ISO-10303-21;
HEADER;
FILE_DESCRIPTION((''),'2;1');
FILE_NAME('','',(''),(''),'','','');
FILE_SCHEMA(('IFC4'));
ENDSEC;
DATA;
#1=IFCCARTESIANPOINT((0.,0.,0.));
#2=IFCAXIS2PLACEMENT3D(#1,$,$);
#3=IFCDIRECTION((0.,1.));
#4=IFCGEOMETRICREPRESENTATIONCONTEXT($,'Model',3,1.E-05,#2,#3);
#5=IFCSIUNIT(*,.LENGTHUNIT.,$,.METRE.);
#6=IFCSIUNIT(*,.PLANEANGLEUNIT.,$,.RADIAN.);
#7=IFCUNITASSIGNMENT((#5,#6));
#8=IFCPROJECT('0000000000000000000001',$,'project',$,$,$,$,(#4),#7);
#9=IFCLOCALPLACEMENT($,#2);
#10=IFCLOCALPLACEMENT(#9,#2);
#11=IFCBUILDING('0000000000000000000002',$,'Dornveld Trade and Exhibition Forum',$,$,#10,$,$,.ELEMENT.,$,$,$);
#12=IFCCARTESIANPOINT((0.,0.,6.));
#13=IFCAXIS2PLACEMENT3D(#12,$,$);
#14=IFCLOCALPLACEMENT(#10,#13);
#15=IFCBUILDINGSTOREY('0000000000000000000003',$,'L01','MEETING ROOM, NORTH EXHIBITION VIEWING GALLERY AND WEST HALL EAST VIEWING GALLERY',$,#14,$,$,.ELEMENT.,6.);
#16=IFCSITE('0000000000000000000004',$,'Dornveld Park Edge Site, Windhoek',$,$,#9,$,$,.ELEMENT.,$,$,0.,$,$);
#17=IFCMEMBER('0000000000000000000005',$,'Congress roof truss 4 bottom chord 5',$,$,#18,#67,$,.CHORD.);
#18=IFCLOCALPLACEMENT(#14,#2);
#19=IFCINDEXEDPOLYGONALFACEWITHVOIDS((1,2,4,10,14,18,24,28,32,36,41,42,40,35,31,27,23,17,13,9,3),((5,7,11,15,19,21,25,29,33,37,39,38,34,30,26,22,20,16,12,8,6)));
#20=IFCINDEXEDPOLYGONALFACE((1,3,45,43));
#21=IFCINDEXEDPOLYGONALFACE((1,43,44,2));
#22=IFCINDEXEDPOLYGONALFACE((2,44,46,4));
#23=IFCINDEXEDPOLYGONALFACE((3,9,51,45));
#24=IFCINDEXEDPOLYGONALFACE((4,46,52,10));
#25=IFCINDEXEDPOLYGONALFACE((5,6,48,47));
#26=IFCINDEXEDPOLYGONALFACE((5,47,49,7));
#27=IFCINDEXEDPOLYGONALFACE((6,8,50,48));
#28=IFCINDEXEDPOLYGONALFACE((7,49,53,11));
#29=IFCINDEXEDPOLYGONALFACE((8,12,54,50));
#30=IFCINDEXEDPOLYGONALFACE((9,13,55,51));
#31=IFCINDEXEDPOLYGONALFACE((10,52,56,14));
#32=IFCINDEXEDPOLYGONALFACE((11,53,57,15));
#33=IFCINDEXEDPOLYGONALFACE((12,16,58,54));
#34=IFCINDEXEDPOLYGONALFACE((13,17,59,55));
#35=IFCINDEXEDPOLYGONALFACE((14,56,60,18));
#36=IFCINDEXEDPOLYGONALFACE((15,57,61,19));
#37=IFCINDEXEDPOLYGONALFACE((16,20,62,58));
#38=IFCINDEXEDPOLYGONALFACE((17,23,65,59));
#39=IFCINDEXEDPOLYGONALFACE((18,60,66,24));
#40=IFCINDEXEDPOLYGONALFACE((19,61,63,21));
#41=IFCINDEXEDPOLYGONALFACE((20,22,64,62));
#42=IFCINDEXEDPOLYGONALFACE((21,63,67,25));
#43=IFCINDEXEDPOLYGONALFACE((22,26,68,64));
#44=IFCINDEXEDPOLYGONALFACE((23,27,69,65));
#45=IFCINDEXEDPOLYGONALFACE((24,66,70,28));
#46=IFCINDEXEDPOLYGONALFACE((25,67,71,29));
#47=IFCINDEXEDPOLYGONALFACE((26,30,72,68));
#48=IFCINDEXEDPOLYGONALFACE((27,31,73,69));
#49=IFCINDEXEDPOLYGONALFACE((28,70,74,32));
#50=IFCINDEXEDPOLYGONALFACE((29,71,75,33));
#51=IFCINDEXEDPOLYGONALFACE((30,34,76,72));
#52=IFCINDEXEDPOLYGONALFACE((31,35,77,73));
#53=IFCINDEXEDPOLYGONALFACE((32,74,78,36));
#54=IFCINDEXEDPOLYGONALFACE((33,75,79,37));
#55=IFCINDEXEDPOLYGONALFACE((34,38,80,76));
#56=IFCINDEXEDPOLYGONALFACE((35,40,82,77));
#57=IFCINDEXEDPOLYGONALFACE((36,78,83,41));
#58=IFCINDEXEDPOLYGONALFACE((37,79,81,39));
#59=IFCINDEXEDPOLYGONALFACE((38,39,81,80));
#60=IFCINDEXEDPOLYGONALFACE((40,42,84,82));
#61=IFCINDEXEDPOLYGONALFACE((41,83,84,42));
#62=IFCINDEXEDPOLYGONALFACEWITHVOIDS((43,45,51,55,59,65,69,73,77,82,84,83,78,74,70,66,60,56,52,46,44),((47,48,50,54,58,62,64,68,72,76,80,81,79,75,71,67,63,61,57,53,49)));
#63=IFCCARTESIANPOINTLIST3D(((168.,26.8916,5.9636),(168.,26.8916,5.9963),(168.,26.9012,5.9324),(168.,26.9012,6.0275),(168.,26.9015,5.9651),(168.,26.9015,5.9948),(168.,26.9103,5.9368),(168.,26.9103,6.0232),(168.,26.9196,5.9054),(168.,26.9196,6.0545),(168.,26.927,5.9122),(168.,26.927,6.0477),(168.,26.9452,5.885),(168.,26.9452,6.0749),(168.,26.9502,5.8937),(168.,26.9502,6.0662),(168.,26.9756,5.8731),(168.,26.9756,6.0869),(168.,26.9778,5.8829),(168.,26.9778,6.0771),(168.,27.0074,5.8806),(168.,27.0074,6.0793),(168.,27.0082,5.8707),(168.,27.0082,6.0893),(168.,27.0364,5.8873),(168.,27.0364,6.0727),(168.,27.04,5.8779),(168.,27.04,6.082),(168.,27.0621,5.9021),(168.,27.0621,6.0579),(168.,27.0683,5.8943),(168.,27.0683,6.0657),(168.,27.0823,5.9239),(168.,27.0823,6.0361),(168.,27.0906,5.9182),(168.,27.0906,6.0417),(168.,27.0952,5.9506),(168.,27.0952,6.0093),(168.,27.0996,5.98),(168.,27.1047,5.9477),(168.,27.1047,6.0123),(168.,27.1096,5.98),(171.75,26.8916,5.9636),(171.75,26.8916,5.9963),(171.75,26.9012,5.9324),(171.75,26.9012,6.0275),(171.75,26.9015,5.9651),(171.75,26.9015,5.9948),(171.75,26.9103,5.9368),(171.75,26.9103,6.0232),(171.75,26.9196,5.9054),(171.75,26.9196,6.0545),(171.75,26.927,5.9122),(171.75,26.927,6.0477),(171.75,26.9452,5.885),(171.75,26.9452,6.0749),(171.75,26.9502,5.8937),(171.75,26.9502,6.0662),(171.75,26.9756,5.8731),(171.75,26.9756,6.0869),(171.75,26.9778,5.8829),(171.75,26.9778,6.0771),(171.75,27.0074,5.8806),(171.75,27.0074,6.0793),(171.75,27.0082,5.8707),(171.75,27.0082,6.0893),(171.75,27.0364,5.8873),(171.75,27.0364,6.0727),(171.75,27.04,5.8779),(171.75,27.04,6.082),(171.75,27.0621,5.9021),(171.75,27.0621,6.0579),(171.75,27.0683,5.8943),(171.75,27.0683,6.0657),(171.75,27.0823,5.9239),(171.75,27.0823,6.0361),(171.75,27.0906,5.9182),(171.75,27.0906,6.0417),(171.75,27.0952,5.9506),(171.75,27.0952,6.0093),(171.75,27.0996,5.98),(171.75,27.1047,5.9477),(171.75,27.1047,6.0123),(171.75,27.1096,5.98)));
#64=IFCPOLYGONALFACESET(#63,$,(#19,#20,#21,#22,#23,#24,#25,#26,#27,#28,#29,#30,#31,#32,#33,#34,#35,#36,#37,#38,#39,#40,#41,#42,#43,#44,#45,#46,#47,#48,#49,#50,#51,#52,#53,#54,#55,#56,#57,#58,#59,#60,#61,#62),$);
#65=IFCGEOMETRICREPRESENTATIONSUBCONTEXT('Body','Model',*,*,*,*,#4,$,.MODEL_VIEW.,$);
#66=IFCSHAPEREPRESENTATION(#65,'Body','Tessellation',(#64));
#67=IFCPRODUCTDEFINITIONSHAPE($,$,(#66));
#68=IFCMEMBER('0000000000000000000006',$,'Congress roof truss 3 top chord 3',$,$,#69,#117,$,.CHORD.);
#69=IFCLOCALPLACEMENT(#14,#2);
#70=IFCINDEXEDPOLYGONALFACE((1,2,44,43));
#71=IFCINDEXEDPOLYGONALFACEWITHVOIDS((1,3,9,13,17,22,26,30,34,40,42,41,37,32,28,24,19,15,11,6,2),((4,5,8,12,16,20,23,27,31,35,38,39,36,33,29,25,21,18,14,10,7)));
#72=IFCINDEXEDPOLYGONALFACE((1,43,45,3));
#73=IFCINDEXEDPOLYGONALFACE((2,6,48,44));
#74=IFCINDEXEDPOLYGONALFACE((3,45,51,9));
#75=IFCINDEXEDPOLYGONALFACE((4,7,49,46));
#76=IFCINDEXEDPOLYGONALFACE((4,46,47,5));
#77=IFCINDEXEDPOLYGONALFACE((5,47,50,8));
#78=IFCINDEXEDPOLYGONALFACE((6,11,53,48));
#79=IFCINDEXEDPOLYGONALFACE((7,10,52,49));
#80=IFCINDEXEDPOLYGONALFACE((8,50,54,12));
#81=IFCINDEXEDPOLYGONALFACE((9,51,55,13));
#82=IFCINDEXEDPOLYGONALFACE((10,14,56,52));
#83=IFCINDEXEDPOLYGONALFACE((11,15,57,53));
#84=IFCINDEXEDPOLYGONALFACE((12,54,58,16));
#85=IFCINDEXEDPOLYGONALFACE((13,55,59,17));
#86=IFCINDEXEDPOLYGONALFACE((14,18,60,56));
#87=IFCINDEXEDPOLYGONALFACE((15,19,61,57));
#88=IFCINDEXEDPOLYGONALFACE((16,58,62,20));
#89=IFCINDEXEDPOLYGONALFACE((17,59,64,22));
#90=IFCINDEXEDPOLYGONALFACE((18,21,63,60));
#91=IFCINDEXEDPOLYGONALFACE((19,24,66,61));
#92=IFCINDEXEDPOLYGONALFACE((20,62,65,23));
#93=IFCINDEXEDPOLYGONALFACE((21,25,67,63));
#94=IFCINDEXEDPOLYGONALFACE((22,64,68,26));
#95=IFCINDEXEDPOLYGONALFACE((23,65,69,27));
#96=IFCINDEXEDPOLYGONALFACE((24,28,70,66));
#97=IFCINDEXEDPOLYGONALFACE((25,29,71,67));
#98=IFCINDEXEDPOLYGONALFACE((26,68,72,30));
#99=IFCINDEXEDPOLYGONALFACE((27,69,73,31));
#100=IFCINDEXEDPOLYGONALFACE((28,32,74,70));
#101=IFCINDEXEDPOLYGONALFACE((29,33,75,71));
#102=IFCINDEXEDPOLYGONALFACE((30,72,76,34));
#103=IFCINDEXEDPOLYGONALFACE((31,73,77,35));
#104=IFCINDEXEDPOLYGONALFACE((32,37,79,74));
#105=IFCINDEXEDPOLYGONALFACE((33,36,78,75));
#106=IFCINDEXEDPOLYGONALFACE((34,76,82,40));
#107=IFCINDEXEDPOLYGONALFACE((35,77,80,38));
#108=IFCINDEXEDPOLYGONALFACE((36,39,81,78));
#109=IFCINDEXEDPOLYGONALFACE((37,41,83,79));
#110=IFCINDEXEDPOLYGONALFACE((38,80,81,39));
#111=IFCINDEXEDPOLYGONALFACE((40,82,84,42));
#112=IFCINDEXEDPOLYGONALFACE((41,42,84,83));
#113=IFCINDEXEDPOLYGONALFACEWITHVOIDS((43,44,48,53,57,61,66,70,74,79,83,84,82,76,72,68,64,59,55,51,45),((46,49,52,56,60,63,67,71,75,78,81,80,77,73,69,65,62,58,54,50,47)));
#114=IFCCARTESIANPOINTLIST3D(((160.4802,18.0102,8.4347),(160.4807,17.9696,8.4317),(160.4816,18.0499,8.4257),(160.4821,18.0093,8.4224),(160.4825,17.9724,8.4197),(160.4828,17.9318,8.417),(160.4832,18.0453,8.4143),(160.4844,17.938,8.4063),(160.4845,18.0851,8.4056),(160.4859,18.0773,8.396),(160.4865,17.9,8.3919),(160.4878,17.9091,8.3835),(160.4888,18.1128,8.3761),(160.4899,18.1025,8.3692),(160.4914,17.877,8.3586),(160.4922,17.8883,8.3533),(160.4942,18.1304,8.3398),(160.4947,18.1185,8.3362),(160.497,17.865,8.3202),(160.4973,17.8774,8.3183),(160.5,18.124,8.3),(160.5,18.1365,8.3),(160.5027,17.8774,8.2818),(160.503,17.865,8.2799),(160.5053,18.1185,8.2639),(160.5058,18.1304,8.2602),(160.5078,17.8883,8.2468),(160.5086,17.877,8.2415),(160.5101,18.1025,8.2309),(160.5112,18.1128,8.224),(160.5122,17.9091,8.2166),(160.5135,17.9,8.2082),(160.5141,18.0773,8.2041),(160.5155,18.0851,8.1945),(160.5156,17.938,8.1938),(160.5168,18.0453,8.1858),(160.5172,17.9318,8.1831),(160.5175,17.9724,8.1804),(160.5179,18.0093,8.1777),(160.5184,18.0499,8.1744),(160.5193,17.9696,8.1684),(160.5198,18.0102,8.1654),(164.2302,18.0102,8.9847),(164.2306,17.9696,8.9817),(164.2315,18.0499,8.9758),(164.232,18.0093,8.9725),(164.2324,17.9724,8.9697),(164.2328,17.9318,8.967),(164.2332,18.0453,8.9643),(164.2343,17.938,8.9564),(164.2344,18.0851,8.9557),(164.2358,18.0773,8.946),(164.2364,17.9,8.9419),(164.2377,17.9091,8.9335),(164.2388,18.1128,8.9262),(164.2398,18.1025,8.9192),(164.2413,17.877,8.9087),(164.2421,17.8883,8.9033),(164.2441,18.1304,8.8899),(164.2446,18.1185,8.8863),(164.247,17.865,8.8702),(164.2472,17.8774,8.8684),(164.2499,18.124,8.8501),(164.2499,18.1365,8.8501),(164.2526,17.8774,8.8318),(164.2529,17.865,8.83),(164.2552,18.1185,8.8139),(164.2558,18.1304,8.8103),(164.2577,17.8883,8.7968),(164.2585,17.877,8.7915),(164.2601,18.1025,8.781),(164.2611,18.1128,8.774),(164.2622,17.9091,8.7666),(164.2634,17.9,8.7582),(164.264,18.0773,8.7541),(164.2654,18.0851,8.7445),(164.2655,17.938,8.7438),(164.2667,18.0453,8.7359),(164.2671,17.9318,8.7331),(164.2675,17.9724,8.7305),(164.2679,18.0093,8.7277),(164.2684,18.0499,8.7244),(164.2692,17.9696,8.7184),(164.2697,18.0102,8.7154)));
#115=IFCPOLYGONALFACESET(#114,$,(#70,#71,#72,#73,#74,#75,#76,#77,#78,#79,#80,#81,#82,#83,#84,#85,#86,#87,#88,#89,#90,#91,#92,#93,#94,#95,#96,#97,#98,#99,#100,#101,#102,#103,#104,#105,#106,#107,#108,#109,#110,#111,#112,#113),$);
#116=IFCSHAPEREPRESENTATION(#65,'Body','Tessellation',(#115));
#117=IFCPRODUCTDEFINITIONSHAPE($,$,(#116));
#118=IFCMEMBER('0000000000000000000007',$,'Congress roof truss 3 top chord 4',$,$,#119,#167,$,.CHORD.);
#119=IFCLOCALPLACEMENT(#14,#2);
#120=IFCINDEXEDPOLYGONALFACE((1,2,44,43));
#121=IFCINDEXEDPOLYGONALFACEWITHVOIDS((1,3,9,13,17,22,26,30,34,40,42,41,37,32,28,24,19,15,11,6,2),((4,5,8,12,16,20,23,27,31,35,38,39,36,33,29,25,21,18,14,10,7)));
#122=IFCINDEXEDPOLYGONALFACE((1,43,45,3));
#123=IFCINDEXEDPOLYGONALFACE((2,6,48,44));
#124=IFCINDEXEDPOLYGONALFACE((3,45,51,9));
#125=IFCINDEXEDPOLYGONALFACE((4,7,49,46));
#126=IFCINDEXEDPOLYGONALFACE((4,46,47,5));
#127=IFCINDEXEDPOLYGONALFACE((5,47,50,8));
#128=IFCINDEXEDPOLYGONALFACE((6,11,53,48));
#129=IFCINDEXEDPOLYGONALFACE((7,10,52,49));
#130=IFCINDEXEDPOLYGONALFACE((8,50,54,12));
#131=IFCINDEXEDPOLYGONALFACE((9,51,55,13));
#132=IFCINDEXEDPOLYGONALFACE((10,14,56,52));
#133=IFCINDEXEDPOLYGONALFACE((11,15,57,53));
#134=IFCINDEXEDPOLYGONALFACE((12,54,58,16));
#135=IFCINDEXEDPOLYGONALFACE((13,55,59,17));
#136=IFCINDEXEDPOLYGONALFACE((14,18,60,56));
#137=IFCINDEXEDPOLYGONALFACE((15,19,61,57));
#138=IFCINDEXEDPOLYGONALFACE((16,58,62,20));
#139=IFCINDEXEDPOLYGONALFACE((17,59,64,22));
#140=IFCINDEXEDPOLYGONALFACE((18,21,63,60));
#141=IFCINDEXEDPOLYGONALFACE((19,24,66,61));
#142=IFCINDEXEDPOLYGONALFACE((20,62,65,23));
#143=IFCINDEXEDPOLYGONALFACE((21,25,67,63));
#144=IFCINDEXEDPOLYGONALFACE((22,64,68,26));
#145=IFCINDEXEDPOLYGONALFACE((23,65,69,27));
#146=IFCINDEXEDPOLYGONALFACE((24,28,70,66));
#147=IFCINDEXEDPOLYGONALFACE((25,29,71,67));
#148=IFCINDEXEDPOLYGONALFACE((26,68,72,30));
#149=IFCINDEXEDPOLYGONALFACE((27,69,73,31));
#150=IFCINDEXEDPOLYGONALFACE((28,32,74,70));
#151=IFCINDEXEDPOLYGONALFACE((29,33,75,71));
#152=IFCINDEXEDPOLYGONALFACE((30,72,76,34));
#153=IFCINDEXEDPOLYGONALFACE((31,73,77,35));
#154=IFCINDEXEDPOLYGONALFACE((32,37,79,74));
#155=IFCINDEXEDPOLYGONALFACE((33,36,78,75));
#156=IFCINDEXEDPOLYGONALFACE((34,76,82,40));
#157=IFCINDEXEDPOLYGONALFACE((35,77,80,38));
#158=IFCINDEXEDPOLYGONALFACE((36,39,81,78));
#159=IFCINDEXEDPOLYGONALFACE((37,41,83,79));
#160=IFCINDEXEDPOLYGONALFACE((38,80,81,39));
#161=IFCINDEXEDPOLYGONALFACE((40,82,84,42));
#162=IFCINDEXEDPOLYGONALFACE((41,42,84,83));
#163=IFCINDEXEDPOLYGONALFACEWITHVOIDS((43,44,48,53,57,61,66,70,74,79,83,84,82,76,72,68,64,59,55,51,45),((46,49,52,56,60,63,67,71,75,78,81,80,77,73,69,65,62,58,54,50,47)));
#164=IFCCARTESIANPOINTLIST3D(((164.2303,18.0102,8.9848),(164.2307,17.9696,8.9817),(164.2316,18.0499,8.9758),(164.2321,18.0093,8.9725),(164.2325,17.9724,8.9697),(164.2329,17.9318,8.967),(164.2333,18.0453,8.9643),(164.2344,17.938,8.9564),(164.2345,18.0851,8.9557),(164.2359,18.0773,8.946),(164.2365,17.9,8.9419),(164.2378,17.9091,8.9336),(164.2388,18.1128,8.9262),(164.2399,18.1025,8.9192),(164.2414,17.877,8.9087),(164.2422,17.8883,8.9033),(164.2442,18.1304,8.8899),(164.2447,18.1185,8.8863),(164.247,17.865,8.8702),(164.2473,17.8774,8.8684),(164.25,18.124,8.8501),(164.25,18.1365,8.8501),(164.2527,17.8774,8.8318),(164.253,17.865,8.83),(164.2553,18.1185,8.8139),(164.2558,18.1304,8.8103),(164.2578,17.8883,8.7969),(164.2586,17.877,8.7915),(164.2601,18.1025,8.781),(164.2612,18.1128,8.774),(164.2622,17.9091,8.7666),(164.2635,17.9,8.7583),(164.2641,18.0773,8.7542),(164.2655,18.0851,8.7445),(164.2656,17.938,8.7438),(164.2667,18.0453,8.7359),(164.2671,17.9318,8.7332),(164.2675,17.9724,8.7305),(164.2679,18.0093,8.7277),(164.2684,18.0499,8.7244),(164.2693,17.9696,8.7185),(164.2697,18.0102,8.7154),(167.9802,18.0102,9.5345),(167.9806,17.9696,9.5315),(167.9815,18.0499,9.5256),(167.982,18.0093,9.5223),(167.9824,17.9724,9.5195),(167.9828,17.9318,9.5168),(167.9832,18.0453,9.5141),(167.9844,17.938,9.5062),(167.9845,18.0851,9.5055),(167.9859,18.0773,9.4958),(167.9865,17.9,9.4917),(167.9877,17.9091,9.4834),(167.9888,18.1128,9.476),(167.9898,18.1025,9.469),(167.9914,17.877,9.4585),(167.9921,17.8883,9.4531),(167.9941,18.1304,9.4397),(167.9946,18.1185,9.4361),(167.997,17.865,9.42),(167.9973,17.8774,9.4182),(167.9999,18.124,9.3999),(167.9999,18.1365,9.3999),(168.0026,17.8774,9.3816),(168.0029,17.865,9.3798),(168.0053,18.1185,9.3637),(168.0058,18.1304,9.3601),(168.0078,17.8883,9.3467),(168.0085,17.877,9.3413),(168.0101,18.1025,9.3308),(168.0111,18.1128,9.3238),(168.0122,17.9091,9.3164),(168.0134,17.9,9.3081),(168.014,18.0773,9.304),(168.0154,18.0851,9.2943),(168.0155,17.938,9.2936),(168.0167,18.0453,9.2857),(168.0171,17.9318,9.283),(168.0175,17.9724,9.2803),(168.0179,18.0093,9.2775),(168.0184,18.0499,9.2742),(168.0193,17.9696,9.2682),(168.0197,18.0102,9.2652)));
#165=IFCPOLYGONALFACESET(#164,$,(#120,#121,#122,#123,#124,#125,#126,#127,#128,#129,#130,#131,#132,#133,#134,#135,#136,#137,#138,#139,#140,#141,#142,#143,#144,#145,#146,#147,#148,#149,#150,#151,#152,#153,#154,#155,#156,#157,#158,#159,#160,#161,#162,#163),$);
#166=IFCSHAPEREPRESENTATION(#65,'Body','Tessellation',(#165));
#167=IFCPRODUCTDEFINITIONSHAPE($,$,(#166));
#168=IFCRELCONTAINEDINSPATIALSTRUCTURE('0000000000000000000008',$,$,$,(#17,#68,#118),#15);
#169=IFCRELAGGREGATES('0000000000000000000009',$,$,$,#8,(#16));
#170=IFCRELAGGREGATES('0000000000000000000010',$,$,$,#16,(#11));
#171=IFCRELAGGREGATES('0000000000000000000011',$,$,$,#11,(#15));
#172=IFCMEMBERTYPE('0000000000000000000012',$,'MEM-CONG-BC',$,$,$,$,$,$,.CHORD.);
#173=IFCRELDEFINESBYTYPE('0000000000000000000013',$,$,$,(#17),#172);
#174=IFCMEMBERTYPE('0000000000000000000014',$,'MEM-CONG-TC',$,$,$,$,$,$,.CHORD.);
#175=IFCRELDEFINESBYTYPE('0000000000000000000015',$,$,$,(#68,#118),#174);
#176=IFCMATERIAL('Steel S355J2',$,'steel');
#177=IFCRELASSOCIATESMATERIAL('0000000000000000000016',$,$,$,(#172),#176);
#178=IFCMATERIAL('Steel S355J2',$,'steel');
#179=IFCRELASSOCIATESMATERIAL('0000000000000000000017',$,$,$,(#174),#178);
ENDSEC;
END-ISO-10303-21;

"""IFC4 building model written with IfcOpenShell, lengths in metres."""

from ifc_helpers import new_model, si_unit, direction, frame, origin, origin_2d, place, context, subcontext, project, spatial, hollow_circle, extrude, material, material_profile, profile_set, type_object, element, save


model = new_model("IFC4")

# Units and contexts
model_context = context("Model", 3, precision=1e-05, world=origin(), true_north=direction((0.0, 1.0)))
body_context = subcontext(model_context, "Body", "Model", "MODEL_VIEW")
ifc_project = project(units=[si_unit("LENGTHUNIT", "METRE"), si_unit("PLANEANGLEUNIT", "RADIAN")], contexts=[model_context])

# Site, building, storey
site_placement = place(None, origin())
site = spatial("IfcSite", under=ifc_project, at=site_placement, Name="Dornveld Park Edge Site, Windhoek", CompositionType="ELEMENT", RefElevation=0.0)
building_placement = place(site_placement, origin())
building = spatial("IfcBuilding", under=site, at=building_placement, Name="Dornveld Trade and Exhibition Forum", CompositionType="ELEMENT")
storey_placement = place(building_placement, frame((0.0, 0.0, 6.0)))
storey = spatial("IfcBuildingStorey", under=building, at=storey_placement, Name="L01", Description="MEETING ROOM, NORTH EXHIBITION VIEWING GALLERY AND WEST HALL EAST VIEWING GALLERY", CompositionType="ELEMENT", Elevation=6.0)

# Members
ifc_material_1 = material(Name="Steel S355J2", Category="steel")
ifc_material_profile_1 = material_profile(ifc_material_1, hollow_circle(Radius=0.1096, WallThickness=0.01, at=origin_2d()), Name="CHS 219.1x10")
ifc_profile_set_1 = profile_set([ifc_material_profile_1], Name="Steel S355J2")
member_type_1 = type_object("IfcMemberType", Name="MEM-CONG-BC", PredefinedType="CHORD", material=ifc_profile_set_1)
for number, where, z_axis, x_axis, name in (
    (1, (168.0, 27.0, 5.98), (1.0, 0.0, 0.0), (0.0, 1.0, 0.0), "Congress roof truss 4 bottom chord 5"),
):
    element("IfcMember", number, at=place(storey_placement, frame(where, z_axis=z_axis, x_axis=x_axis)), inside=storey, type_object=member_type_1, Name=name, PredefinedType="CHORD", context=body_context, shape_type="SweptSolid", body=[
        extrude(hollow_circle(Radius=0.1096, WallThickness=0.01, at=origin_2d()), origin(), (0.0, 0.0, 1.0), 3.75),
    ])
ifc_material_2 = material(Name="Steel S355J2", Category="steel")
ifc_material_profile_2 = material_profile(ifc_material_2, hollow_circle(Radius=0.1365, WallThickness=0.0125, at=origin_2d()), Name="CHS 273x12.5")
ifc_profile_set_2 = profile_set([ifc_material_profile_2], Name="Steel S355J2")
member_type_2 = type_object("IfcMemberType", Name="MEM-CONG-TC", PredefinedType="CHORD", material=ifc_profile_set_2)
for number, where, z_axis, x_axis, name in (
    (2, (160.5, 18.0, 8.3), (0.989413, 0.0, 0.145127), (0.0, 1.0, 0.0), "Congress roof truss 3 top chord 3"),
    (3, (164.25, 18.0, 8.8501), (0.989422, 0.0, 0.145064), (0.0, 1.0, 0.0), "Congress roof truss 3 top chord 4"),
):
    element("IfcMember", number, at=place(storey_placement, frame(where, z_axis=z_axis, x_axis=x_axis)), inside=storey, type_object=member_type_2, Name=name, PredefinedType="CHORD", context=body_context, shape_type="SweptSolid", body=[
        extrude(hollow_circle(Radius=0.1365, WallThickness=0.0125, at=origin_2d()), origin(), (0.0, 0.0, 1.0), 3.79),
    ])

save(model, "model.ifc")
